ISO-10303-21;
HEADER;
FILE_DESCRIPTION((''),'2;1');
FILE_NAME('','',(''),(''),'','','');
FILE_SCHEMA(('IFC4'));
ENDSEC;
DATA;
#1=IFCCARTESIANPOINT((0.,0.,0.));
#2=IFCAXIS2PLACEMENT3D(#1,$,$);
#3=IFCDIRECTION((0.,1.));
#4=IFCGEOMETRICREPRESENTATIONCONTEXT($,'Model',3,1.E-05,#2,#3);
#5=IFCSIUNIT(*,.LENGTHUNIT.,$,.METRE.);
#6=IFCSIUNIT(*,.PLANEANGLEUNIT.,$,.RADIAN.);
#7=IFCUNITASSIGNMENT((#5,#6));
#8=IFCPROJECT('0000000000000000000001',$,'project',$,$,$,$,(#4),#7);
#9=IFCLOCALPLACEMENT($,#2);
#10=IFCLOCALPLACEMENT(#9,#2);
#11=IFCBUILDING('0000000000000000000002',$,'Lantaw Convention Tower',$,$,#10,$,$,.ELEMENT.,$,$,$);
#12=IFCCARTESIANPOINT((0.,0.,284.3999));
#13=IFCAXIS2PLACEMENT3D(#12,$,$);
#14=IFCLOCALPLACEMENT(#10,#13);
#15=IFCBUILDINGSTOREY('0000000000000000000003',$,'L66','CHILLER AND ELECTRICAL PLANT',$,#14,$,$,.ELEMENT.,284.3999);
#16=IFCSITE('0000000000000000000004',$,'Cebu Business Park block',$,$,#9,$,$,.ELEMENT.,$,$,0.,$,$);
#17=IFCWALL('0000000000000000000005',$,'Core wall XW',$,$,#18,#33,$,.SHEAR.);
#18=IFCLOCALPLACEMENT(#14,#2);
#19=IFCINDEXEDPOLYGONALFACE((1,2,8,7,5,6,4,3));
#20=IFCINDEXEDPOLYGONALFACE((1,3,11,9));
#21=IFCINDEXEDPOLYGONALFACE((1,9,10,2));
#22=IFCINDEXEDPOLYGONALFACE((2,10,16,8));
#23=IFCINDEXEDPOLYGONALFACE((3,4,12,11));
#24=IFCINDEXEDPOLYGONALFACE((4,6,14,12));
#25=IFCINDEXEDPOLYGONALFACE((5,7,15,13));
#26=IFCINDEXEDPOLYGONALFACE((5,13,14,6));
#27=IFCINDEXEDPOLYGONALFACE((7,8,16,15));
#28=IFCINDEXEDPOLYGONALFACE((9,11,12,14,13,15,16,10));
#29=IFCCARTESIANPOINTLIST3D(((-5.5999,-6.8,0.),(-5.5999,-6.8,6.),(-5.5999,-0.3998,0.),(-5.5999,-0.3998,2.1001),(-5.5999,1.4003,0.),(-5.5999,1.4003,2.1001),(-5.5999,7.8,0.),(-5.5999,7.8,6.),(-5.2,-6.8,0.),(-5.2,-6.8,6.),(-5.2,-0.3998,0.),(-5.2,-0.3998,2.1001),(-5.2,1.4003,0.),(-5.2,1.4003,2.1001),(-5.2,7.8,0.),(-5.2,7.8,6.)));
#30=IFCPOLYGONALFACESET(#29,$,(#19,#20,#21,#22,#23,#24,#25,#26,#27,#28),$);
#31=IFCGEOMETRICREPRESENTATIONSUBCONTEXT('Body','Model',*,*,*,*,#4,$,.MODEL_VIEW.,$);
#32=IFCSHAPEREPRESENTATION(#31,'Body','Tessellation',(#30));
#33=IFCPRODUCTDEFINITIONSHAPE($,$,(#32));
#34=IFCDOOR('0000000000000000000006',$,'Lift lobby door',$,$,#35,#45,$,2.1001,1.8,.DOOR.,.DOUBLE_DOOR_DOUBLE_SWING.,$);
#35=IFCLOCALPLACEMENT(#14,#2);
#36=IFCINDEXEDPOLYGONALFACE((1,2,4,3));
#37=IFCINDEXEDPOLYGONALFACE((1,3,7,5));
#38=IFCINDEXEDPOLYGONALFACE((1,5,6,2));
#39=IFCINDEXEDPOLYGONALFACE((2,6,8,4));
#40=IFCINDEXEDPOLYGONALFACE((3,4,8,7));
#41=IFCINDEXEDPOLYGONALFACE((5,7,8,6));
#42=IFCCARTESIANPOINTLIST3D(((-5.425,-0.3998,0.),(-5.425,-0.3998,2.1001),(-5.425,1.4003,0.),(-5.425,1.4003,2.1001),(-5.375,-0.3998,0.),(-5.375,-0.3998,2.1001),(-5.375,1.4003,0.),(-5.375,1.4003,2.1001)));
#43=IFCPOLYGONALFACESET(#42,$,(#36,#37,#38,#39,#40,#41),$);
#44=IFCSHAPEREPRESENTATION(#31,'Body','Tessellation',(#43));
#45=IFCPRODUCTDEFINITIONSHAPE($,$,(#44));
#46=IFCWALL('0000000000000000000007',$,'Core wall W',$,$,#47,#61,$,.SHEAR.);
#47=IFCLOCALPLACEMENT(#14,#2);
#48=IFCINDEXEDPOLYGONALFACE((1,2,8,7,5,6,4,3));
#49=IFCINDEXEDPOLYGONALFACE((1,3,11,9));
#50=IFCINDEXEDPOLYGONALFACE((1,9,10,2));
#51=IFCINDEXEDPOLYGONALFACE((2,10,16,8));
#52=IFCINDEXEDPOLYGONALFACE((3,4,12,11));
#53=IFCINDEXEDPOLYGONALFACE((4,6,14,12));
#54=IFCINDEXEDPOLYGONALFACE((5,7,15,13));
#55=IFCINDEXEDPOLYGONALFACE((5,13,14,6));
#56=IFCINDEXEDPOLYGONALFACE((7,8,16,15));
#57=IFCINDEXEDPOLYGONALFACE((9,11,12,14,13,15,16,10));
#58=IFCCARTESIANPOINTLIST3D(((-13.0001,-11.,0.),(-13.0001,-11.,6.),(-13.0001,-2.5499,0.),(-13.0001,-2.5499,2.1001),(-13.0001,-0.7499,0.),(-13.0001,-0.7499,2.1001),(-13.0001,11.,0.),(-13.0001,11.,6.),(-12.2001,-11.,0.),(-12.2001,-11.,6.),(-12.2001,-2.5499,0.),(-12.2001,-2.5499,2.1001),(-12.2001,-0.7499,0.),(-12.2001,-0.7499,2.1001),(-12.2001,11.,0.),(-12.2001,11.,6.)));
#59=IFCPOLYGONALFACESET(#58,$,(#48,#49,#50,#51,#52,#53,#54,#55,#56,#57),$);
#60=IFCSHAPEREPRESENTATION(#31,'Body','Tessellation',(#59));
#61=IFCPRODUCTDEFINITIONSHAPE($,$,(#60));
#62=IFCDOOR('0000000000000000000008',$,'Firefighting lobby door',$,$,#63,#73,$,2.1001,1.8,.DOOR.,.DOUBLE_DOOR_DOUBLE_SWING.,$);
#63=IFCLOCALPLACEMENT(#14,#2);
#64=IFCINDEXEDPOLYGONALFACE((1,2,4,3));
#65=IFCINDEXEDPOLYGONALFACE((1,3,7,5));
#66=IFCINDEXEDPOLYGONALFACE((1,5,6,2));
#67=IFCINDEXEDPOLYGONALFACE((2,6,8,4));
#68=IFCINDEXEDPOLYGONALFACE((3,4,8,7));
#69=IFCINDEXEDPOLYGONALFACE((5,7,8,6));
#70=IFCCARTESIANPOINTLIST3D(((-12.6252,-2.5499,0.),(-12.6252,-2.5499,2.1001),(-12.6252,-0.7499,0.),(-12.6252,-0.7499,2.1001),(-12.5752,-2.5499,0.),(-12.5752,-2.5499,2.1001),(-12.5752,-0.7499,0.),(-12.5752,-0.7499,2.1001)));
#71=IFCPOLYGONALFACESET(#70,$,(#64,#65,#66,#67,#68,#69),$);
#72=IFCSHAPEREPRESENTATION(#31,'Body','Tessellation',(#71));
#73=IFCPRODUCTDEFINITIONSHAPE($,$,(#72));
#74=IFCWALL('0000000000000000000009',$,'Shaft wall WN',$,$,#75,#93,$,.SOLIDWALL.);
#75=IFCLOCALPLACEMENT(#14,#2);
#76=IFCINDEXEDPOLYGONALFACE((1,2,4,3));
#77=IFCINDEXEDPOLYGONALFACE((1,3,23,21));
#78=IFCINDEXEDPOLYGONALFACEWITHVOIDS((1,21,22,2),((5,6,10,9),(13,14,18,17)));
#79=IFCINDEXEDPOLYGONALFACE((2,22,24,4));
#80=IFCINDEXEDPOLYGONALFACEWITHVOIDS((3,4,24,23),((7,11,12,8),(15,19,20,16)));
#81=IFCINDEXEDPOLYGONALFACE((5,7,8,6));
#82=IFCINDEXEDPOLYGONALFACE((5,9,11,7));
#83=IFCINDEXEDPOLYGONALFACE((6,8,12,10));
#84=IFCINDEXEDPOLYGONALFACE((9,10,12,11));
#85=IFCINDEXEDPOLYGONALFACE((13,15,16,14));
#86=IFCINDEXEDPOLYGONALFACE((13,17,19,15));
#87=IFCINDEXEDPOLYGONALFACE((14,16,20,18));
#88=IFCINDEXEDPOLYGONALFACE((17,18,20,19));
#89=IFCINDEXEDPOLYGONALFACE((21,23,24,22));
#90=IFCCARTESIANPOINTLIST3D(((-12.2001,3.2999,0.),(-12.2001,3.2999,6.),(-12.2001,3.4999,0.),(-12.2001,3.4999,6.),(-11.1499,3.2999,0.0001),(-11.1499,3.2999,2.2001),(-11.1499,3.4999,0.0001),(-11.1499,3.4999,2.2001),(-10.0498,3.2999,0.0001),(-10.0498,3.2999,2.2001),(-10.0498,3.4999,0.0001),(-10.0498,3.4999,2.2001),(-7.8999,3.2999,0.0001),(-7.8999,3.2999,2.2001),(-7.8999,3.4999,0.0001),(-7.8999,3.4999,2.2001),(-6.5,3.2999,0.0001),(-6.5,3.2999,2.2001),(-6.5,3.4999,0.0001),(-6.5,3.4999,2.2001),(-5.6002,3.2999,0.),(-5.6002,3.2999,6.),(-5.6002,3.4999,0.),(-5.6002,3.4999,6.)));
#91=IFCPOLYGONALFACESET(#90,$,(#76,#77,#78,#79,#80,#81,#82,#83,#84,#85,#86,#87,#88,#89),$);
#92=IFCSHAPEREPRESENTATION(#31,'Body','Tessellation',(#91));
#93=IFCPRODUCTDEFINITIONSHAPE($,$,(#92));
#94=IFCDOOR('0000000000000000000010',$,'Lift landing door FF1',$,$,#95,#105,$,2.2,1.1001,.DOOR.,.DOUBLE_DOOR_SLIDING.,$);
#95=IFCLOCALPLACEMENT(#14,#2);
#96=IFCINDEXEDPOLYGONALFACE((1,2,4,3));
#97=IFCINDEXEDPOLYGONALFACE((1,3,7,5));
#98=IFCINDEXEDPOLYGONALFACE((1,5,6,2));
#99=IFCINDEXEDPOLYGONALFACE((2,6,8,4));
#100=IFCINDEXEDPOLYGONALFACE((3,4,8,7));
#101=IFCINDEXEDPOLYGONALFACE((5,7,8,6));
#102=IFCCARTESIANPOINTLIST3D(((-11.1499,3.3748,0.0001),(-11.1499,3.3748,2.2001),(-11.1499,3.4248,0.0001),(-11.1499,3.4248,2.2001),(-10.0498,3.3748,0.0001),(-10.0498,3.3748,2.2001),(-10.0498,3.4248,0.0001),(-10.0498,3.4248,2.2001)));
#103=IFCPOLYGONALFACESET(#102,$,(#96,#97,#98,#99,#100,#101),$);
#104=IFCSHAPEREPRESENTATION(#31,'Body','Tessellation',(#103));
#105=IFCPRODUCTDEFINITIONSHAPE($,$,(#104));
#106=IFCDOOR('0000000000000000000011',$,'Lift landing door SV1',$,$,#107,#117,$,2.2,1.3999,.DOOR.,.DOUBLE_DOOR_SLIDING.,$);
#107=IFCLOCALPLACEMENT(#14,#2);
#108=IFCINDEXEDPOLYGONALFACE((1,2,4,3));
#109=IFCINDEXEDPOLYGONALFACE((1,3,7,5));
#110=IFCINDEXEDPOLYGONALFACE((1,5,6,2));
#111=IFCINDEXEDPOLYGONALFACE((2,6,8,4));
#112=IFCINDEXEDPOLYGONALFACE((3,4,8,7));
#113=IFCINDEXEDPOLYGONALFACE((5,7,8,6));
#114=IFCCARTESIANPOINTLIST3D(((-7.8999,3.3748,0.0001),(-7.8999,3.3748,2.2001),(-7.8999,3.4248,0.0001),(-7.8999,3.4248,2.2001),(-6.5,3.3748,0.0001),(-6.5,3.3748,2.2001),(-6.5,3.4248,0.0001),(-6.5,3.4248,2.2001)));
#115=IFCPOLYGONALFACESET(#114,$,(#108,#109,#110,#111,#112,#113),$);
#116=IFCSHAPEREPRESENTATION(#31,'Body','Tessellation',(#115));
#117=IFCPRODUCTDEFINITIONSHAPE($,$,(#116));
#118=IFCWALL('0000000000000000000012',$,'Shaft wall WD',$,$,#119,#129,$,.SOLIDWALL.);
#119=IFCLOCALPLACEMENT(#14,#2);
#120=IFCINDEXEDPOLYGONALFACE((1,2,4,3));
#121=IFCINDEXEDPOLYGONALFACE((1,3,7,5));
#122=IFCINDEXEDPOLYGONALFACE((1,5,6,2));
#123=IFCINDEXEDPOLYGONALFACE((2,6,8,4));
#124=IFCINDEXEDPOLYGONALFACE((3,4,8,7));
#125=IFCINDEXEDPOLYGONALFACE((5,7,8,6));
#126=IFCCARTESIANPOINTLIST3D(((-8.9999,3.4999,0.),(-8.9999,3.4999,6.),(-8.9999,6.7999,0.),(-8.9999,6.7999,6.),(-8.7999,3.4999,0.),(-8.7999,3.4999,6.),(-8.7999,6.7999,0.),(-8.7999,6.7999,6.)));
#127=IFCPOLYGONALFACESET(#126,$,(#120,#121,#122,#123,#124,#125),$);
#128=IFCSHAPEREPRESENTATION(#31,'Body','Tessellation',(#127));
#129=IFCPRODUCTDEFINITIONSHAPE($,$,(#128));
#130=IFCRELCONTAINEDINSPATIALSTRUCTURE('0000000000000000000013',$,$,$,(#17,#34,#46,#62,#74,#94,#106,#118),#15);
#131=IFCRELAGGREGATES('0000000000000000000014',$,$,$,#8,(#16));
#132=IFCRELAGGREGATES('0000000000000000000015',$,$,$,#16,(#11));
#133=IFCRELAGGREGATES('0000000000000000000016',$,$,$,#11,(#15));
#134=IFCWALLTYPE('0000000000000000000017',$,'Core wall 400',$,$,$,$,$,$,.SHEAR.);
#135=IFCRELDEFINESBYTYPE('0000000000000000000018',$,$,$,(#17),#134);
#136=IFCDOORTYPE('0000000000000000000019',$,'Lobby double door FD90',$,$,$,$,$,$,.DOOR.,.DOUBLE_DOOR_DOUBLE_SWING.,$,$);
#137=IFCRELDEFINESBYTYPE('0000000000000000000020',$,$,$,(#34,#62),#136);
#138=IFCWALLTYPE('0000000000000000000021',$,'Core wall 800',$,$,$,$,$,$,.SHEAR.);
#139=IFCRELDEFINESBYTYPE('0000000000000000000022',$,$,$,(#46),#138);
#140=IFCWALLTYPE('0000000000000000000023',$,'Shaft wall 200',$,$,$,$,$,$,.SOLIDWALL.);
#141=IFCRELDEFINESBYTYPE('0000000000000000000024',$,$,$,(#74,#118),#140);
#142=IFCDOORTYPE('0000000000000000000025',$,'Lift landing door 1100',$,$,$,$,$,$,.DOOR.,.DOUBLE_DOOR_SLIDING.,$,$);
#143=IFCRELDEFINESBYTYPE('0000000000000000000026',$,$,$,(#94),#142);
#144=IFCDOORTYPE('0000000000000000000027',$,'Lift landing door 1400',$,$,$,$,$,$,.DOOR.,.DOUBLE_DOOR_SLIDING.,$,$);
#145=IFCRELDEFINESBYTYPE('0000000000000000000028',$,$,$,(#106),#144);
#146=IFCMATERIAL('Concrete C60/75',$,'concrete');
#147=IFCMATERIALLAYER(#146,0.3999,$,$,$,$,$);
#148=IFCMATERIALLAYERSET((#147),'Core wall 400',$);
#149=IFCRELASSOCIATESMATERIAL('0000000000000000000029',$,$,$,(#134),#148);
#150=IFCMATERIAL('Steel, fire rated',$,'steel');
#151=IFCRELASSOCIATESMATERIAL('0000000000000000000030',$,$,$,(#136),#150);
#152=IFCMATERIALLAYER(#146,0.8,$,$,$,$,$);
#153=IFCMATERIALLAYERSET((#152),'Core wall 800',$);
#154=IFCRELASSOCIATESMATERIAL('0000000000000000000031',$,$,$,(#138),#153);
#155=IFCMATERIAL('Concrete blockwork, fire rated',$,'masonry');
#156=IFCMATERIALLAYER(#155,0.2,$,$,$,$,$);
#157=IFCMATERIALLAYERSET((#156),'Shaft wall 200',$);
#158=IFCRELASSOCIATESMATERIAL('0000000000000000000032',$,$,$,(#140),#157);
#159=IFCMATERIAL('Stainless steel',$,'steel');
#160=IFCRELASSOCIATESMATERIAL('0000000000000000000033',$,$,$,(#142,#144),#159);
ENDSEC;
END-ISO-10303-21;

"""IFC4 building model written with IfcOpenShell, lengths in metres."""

from ifc_helpers import new_model, si_unit, direction, frame, frame_2d, origin, place, context, subcontext, project, spatial, rectangle, extrude, material, layer, layer_set, type_object, element, fill, save


model = new_model("IFC4")

# Units and contexts
model_context = context("Model", 3, precision=1e-05, world=origin(), true_north=direction((0.0, 1.0)))
body_context = subcontext(model_context, "Body", "Model", "MODEL_VIEW")
ifc_project = project(units=[si_unit("LENGTHUNIT", "METRE"), si_unit("PLANEANGLEUNIT", "RADIAN")], contexts=[model_context])

# Site, building, storey
site_placement = place(None, origin())
site = spatial("IfcSite", under=ifc_project, at=site_placement, Name="Cebu Business Park block", CompositionType="ELEMENT", RefElevation=0.0)
building_placement = place(site_placement, origin())
building = spatial("IfcBuilding", under=site, at=building_placement, Name="Lantaw Convention Tower", CompositionType="ELEMENT")
storey_placement = place(building_placement, frame((0.0, 0.0, 284.3999)))
storey = spatial("IfcBuildingStorey", under=building, at=storey_placement, Name="L66", Description="CHILLER AND ELECTRICAL PLANT", CompositionType="ELEMENT", Elevation=284.3999)

# Shared definitions
ifc_material_1 = material(Name="Concrete C60/75", Category="concrete")

# Walls, openings, doors
ifc_layer_1 = layer(ifc_material_1, 0.3999)
ifc_layer_set_1 = layer_set([ifc_layer_1], Name="Core wall 400")
wall_type_1 = type_object("IfcWallType", Name="Core wall 400", PredefinedType="SHEAR", material=ifc_layer_set_1)
wall_1_placement = place(storey_placement, frame((-5.3999, 7.8, 0.0), z_axis=(0.0, 0.0, 1.0), x_axis=(0.0, -1.0, 0.0)))
wall_1 = element("IfcWall", 1, at=wall_1_placement, inside=storey, type_object=wall_type_1, Name="Core wall XW", PredefinedType="SHEAR", context=body_context, shape_type="SweptSolid", body=[
    extrude(rectangle(XDim=14.6001, YDim=0.3999, at=frame_2d((7.3, 0.0))), origin(), (0.0, 0.0, 1.0), 6.0),
])
opening_1_placement = place(wall_1_placement, frame((6.3999, 0.0, 0.0)))
opening_1 = element("IfcOpeningElement", 2, at=opening_1_placement, cuts=wall_1, PredefinedType="OPENING", context=body_context, shape_type="SweptSolid", body=[
    extrude(rectangle(XDim=1.8, YDim=2.1001, at=frame_2d((0.8999, 1.05))), frame((0.0, 0.21, 0.0), z_axis=(0.0, -1.0, 0.0), x_axis=(1.0, 0.0, 0.0)), (0.0, 0.0, 1.0), 0.4199),
])
ifc_material_2 = material(Name="Steel, fire rated", Category="steel")
door_type_1 = type_object("IfcDoorType", Name="Lobby double door FD90", OperationType="DOUBLE_DOOR_DOUBLE_SWING", PredefinedType="DOOR", material=ifc_material_2)
door_1_placement = place(opening_1_placement, origin())
door_1 = element("IfcDoor", 3, at=door_1_placement, inside=storey, type_object=door_type_1, Name="Lift lobby door", OperationType="DOUBLE_DOOR_DOUBLE_SWING", OverallHeight=2.1001, OverallWidth=1.8, PredefinedType="DOOR", context=body_context, shape_type="SweptSolid", body=[
    extrude(rectangle(XDim=1.8, YDim=2.1001, at=frame_2d((0.8999, 1.05))), frame((0.0, 0.0249, 0.0), z_axis=(0.0, -1.0, 0.0), x_axis=(1.0, 0.0, 0.0)), (0.0, 0.0, 1.0), 0.05),
])
fill(opening_1, door_1)
ifc_layer_2 = layer(ifc_material_1, 0.8)
ifc_layer_set_2 = layer_set([ifc_layer_2], Name="Core wall 800")
wall_type_2 = type_object("IfcWallType", Name="Core wall 800", PredefinedType="SHEAR", material=ifc_layer_set_2)
wall_2_placement = place(storey_placement, frame((-12.6001, 11.0, 0.0), z_axis=(0.0, 0.0, 1.0), x_axis=(0.0, -1.0, 0.0)))
wall_2 = element("IfcWall", 4, at=wall_2_placement, inside=storey, type_object=wall_type_2, Name="Core wall W", PredefinedType="SHEAR", context=body_context, shape_type="SweptSolid", body=[
    extrude(rectangle(XDim=22.0, YDim=0.8, at=frame_2d((11.0, 0.0))), origin(), (0.0, 0.0, 1.0), 6.0),
])
opening_2_placement = place(wall_2_placement, frame((11.75, 0.0, 0.0)))
opening_2 = element("IfcOpeningElement", 5, at=opening_2_placement, cuts=wall_2, PredefinedType="OPENING", context=body_context, shape_type="SweptSolid", body=[
    extrude(rectangle(XDim=1.8, YDim=2.1001, at=frame_2d((0.8999, 1.05))), frame((0.0, 0.4099, 0.0), z_axis=(0.0, -1.0, 0.0), x_axis=(1.0, 0.0, 0.0)), (0.0, 0.0, 1.0), 0.8201),
])
door_2_placement = place(opening_2_placement, origin())
door_2 = element("IfcDoor", 6, at=door_2_placement, inside=storey, type_object=door_type_1, Name="Firefighting lobby door", OperationType="DOUBLE_DOOR_DOUBLE_SWING", OverallHeight=2.1001, OverallWidth=1.8, PredefinedType="DOOR", context=body_context, shape_type="SweptSolid", body=[
    extrude(rectangle(XDim=1.8, YDim=2.1001, at=frame_2d((0.8999, 1.05))), frame((0.0, 0.0249, 0.0), z_axis=(0.0, -1.0, 0.0), x_axis=(1.0, 0.0, 0.0)), (0.0, 0.0, 1.0), 0.05),
])
fill(opening_2, door_2)

# Wall, openings, doors
ifc_material_3 = material(Name="Concrete blockwork, fire rated", Category="masonry")
ifc_layer_3 = layer(ifc_material_3, 0.2)
ifc_layer_set_3 = layer_set([ifc_layer_3], Name="Shaft wall 200")
wall_type_3 = type_object("IfcWallType", Name="Shaft wall 200", PredefinedType="SOLIDWALL", material=ifc_layer_set_3)
wall_3_placement = place(storey_placement, frame((-12.2, 3.3999, 0.0), z_axis=(0.0, 0.0, 1.0), x_axis=(1.0, 0.0, 0.0)))
wall_3 = element("IfcWall", 7, at=wall_3_placement, inside=storey, type_object=wall_type_3, Name="Shaft wall WN", PredefinedType="SOLIDWALL", context=body_context, shape_type="SweptSolid", body=[
    extrude(rectangle(XDim=6.5999, YDim=0.2, at=frame_2d((3.2998, 0.0))), origin(), (0.0, 0.0, 1.0), 6.0),
])
opening_3_placement = place(wall_3_placement, frame((1.05, 0.0, 0.0)))
opening_3 = element("IfcOpeningElement", 8, at=opening_3_placement, cuts=wall_3, PredefinedType="OPENING", context=body_context, shape_type="SweptSolid", body=[
    extrude(rectangle(XDim=1.1001, YDim=2.2, at=frame_2d((0.55, 1.1001))), frame((0.0, 0.1099, 0.0), z_axis=(0.0, -1.0, 0.0), x_axis=(1.0, 0.0, 0.0)), (0.0, 0.0, 1.0), 0.22),
])
opening_4_placement = place(wall_3_placement, frame((4.3, 0.0, 0.0)))
opening_4 = element("IfcOpeningElement", 9, at=opening_4_placement, cuts=wall_3, PredefinedType="OPENING", context=body_context, shape_type="SweptSolid", body=[
    extrude(rectangle(XDim=1.3999, YDim=2.2, at=frame_2d((0.7, 1.1001))), frame((0.0, 0.1099, 0.0), z_axis=(0.0, -1.0, 0.0), x_axis=(1.0, 0.0, 0.0)), (0.0, 0.0, 1.0), 0.22),
])
ifc_material_4 = material(Name="Stainless steel", Category="steel")
door_type_2 = type_object("IfcDoorType", Name="Lift landing door 1100", OperationType="DOUBLE_DOOR_SLIDING", PredefinedType="DOOR", material=ifc_material_4)
door_3_placement = place(opening_3_placement, origin())
door_3 = element("IfcDoor", 10, at=door_3_placement, inside=storey, type_object=door_type_2, Name="Lift landing door FF1", OperationType="DOUBLE_DOOR_SLIDING", OverallHeight=2.2, OverallWidth=1.1001, PredefinedType="DOOR", context=body_context, shape_type="SweptSolid", body=[
    extrude(rectangle(XDim=1.1001, YDim=2.2, at=frame_2d((0.55, 1.1001))), frame((0.0, 0.0249, 0.0), z_axis=(0.0, -1.0, 0.0), x_axis=(1.0, 0.0, 0.0)), (0.0, 0.0, 1.0), 0.05),
])
fill(opening_3, door_3)
door_type_3 = type_object("IfcDoorType", Name="Lift landing door 1400", OperationType="DOUBLE_DOOR_SLIDING", PredefinedType="DOOR", material=ifc_material_4)
door_4_placement = place(opening_4_placement, origin())
door_4 = element("IfcDoor", 11, at=door_4_placement, inside=storey, type_object=door_type_3, Name="Lift landing door SV1", OperationType="DOUBLE_DOOR_SLIDING", OverallHeight=2.2, OverallWidth=1.3999, PredefinedType="DOOR", context=body_context, shape_type="SweptSolid", body=[
    extrude(rectangle(XDim=1.3999, YDim=2.2, at=frame_2d((0.7, 1.1001))), frame((0.0, 0.0249, 0.0), z_axis=(0.0, -1.0, 0.0), x_axis=(1.0, 0.0, 0.0)), (0.0, 0.0, 1.0), 0.05),
])
fill(opening_4, door_4)

# Wall
wall_4_placement = place(storey_placement, frame((-8.8999, 3.5, 0.0), z_axis=(0.0, 0.0, 1.0), x_axis=(0.0, 1.0, 0.0)))
element("IfcWall", 12, at=wall_4_placement, inside=storey, type_object=wall_type_3, Name="Shaft wall WD", PredefinedType="SOLIDWALL", context=body_context, shape_type="SweptSolid", body=[
    extrude(rectangle(XDim=3.3, YDim=0.2, at=frame_2d((1.6499, 0.0))), origin(), (0.0, 0.0, 1.0), 6.0),
])

save(model, "model.ifc")
